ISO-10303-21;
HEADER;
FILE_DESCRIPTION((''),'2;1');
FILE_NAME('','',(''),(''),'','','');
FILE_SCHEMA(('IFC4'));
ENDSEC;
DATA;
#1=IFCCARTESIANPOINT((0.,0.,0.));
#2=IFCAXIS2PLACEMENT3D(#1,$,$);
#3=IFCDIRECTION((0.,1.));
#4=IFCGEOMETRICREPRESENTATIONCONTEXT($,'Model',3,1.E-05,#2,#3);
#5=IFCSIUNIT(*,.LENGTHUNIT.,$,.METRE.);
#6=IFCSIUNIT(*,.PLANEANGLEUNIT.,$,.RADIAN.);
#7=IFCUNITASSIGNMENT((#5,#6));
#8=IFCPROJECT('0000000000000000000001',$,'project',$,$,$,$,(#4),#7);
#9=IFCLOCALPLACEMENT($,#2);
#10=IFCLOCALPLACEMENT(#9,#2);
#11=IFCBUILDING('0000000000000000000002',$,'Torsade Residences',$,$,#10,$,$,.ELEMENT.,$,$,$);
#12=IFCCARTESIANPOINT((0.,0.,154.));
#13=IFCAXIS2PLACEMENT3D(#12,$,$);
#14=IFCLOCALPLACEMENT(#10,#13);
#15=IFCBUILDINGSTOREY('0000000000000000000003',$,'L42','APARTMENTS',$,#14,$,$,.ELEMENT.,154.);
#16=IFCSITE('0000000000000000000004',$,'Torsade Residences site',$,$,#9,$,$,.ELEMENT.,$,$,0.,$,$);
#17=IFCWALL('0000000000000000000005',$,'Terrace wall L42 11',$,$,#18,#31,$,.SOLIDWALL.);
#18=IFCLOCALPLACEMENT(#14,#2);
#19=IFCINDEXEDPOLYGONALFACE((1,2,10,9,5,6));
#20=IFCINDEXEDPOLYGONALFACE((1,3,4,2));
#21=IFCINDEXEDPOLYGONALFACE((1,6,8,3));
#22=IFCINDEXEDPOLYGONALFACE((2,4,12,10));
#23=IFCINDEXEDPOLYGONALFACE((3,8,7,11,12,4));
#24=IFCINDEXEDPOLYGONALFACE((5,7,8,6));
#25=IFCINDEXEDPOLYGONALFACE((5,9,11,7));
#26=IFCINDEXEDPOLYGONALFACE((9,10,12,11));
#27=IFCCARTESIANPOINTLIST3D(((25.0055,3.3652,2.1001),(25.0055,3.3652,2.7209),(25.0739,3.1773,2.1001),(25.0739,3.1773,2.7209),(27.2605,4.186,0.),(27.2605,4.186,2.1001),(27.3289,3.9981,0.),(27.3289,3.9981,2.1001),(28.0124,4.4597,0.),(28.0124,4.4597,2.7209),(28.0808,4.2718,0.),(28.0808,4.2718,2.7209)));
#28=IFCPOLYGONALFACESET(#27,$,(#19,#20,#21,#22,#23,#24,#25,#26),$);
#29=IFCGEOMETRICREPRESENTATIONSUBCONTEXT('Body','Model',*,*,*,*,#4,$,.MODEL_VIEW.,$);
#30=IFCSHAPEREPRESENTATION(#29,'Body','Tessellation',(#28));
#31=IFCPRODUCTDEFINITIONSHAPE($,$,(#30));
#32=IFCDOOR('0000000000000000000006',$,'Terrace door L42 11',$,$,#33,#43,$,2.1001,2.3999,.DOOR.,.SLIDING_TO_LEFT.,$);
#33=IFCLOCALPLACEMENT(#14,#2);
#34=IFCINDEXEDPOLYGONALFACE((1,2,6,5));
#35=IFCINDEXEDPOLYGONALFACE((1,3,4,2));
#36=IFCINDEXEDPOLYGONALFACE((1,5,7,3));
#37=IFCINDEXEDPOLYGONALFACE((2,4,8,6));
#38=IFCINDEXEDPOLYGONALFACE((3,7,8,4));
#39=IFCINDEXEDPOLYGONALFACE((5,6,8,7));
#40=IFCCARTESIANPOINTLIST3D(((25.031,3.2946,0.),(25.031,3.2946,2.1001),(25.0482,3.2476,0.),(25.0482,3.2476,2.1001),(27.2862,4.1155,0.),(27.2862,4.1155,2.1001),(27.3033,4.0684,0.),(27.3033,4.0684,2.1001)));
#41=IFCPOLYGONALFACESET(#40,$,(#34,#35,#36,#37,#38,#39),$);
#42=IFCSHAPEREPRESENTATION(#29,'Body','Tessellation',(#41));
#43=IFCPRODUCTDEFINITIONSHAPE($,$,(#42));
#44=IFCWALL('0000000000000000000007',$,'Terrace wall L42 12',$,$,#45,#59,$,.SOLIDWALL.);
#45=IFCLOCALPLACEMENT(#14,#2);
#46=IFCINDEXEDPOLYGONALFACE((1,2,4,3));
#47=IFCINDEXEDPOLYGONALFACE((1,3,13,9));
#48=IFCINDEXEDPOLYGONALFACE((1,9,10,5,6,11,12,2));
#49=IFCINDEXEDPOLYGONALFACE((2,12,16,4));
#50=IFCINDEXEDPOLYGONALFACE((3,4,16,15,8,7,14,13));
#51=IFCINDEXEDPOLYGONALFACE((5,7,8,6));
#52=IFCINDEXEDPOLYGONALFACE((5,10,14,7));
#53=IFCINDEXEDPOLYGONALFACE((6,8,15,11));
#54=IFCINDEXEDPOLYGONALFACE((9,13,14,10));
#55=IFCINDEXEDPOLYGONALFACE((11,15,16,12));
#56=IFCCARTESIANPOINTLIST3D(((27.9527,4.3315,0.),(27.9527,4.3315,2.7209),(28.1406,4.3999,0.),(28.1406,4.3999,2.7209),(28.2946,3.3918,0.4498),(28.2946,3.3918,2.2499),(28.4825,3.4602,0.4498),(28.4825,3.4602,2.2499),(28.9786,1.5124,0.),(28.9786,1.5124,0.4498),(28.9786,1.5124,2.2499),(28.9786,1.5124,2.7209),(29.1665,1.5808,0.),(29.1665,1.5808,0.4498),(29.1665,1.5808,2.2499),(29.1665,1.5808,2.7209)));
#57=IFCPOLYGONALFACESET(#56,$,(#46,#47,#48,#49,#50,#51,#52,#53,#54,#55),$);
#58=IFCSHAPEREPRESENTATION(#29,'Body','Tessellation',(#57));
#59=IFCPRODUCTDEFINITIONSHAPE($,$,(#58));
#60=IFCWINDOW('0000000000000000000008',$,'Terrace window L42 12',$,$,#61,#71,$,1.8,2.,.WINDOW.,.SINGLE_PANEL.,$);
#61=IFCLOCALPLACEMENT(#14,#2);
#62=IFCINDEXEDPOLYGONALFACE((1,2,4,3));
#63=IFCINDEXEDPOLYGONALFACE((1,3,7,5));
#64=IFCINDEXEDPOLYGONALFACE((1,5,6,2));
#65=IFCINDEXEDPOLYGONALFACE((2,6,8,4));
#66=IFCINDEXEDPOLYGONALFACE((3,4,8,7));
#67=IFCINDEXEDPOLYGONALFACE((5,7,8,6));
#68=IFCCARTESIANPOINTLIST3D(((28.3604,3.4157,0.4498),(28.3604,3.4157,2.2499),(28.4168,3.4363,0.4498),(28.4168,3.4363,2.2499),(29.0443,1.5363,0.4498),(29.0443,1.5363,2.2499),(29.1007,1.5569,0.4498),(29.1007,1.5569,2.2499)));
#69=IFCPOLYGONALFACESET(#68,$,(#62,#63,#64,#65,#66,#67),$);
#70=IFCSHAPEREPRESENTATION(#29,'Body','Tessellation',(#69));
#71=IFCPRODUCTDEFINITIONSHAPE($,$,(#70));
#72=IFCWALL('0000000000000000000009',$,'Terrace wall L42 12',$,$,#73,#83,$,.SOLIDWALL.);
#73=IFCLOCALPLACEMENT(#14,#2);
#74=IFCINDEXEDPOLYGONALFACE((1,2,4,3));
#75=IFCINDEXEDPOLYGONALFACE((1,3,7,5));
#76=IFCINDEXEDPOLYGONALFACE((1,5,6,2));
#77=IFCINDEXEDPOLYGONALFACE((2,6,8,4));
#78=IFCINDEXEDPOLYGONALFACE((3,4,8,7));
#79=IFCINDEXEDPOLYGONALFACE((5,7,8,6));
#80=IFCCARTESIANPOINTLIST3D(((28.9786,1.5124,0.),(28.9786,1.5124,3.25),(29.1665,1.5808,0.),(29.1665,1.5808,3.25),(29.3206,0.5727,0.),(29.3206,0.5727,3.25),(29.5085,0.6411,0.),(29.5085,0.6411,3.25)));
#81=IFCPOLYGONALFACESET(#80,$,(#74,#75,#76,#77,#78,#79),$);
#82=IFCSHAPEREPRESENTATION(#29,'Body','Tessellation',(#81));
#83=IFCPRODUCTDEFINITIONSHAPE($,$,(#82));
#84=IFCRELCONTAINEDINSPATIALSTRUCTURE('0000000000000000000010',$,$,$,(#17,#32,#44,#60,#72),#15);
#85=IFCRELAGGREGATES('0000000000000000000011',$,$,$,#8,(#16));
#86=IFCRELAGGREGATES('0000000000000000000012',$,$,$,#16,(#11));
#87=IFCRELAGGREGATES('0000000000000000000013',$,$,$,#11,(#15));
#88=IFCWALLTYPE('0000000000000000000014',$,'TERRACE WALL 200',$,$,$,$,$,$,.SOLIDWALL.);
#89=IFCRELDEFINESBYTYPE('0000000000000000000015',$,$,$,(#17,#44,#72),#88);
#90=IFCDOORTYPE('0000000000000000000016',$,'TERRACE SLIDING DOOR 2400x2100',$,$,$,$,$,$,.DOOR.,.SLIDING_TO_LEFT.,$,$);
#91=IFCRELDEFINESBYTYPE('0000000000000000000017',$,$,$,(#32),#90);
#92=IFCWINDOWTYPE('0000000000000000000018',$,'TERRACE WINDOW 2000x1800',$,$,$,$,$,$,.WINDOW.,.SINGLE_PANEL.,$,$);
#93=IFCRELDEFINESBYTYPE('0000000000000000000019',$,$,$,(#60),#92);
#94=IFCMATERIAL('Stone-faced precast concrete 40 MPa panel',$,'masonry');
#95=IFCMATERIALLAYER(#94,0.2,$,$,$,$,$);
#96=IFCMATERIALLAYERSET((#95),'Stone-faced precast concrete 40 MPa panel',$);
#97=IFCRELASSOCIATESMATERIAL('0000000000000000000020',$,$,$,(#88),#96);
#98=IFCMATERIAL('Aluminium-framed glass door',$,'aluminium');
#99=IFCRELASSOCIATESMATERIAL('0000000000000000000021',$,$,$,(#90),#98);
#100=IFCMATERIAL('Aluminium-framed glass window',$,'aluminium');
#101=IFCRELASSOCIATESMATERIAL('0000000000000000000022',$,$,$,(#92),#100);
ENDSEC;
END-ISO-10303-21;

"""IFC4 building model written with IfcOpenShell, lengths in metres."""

from ifc_helpers import new_model, si_unit, direction, frame, frame_2d, origin, place, context, subcontext, project, spatial, rectangle, extrude, material, layer, layer_set, type_object, element, fill, save


model = new_model("IFC4")

# Units and contexts
model_context = context("Model", 3, precision=1e-05, world=origin(), true_north=direction((0.0, 1.0)))
body_context = subcontext(model_context, "Body", "Model", "MODEL_VIEW")
ifc_project = project(units=[si_unit("LENGTHUNIT", "METRE"), si_unit("PLANEANGLEUNIT", "RADIAN")], contexts=[model_context])

# Site, building, storey
site_placement = place(None, origin())
site = spatial("IfcSite", under=ifc_project, at=site_placement, Name="Torsade Residences site", CompositionType="ELEMENT", RefElevation=0.0)
building_placement = place(site_placement, origin())
building = spatial("IfcBuilding", under=site, at=building_placement, Name="Torsade Residences", CompositionType="ELEMENT")
storey_placement = place(building_placement, frame((0.0, 0.0, 154.0)))
storey = spatial("IfcBuildingStorey", under=building, at=storey_placement, Name="L42", Description="APARTMENTS", CompositionType="ELEMENT", Elevation=154.0)

# Wall, opening, door
ifc_material_1 = material(Name="Stone-faced precast concrete 40 MPa panel", Category="masonry")
ifc_layer_1 = layer(ifc_material_1, 0.2)
ifc_layer_set_1 = layer_set([ifc_layer_1], Name="Stone-faced precast concrete 40 MPa panel")
wall_type_1 = type_object("IfcWallType", Name="TERRACE WALL 200", PredefinedType="SOLIDWALL", material=ifc_layer_set_1)
wall_1_placement = place(storey_placement, frame((25.0396, 3.2712, 0.0), z_axis=(0.0, 0.0, 1.0), x_axis=(0.939693, 0.342019, 0.0)))
wall_1 = element("IfcWall", 1, at=wall_1_placement, inside=storey, type_object=wall_type_1, Name="Terrace wall L42 11", PredefinedType="SOLIDWALL", context=body_context, shape_type="SweptSolid", body=[
    extrude(rectangle(XDim=3.2, YDim=0.2, at=frame_2d((1.6001, 0.0))), origin(), (0.0, 0.0, 1.0), 2.7209),
])
opening_1_placement = place(wall_1_placement, origin())
opening_1 = element("IfcOpeningElement", 2, at=opening_1_placement, cuts=wall_1, PredefinedType="OPENING", context=body_context, shape_type="SweptSolid", body=[
    extrude(rectangle(XDim=2.3999, YDim=2.1001, at=frame_2d((1.2, 1.05))), frame((0.0, 0.1099, 0.0), z_axis=(0.0, -1.0, 0.0), x_axis=(1.0, 0.0, 0.0)), (0.0, 0.0, 1.0), 0.22),
])
ifc_material_2 = material(Name="Aluminium-framed glass door", Category="aluminium")
door_type_1 = type_object("IfcDoorType", Name="TERRACE SLIDING DOOR 2400x2100", OperationType="SLIDING_TO_LEFT", PredefinedType="DOOR", material=ifc_material_2)
door_1_placement = place(opening_1_placement, origin())
door_1 = element("IfcDoor", 3, at=door_1_placement, inside=storey, type_object=door_type_1, Name="Terrace door L42 11", OperationType="SLIDING_TO_LEFT", OverallHeight=2.1001, OverallWidth=2.3999, PredefinedType="DOOR", context=body_context, shape_type="SweptSolid", body=[
    extrude(rectangle(XDim=2.3999, YDim=2.1001, at=frame_2d((1.2, 1.05))), frame((0.0, 0.0249, 0.0), z_axis=(0.0, -1.0, 0.0), x_axis=(1.0, 0.0, 0.0)), (0.0, 0.0, 1.0), 0.05),
])
fill(opening_1, door_1)

# Wall, opening, window
wall_2_placement = place(storey_placement, frame((28.0466, 4.3657, 0.0), z_axis=(0.0, 0.0, 1.0), x_axis=(0.341965, -0.939713, 0.0)))
wall_2 = element("IfcWall", 4, at=wall_2_placement, inside=storey, type_object=wall_type_1, Name="Terrace wall L42 12", PredefinedType="SOLIDWALL", context=body_context, shape_type="SweptSolid", body=[
    extrude(rectangle(XDim=3.0, YDim=0.2, at=frame_2d((1.5, 0.0))), origin(), (0.0, 0.0, 1.0), 2.7209),
])
opening_2_placement = place(wall_2_placement, frame((1.0, 0.0, 0.45)))
opening_2 = element("IfcOpeningElement", 5, at=opening_2_placement, cuts=wall_2, PredefinedType="OPENING", context=body_context, shape_type="SweptSolid", body=[
    extrude(rectangle(XDim=2.0, YDim=1.8, at=frame_2d((1.0, 0.8999))), frame((0.0, 0.1099, 0.0), z_axis=(0.0, -1.0, 0.0), x_axis=(1.0, 0.0, 0.0)), (0.0, 0.0, 1.0), 0.22),
])
ifc_material_3 = material(Name="Aluminium-framed glass window", Category="aluminium")
window_type = type_object("IfcWindowType", Name="TERRACE WINDOW 2000x1800", PartitioningType="SINGLE_PANEL", PredefinedType="WINDOW", material=ifc_material_3)
window_placement = place(opening_2_placement, origin())
window = element("IfcWindow", 6, at=window_placement, inside=storey, type_object=window_type, Name="Terrace window L42 12", OverallHeight=1.8, OverallWidth=2.0, PartitioningType="SINGLE_PANEL", PredefinedType="WINDOW", context=body_context, shape_type="SweptSolid", body=[
    extrude(rectangle(XDim=2.0, YDim=1.8, at=frame_2d((1.0, 0.8999))), frame((0.0, 0.03, 0.0), z_axis=(0.0, -1.0, 0.0), x_axis=(1.0, 0.0, 0.0)), (0.0, 0.0, 1.0), 0.0601),
])
fill(opening_2, window)

# Wall
wall_3_placement = place(storey_placement, frame((29.0725, 1.5466, 0.0), z_axis=(0.0, 0.0, 1.0), x_axis=(0.342037, -0.939686, 0.0)))
element("IfcWall", 7, at=wall_3_placement, inside=storey, type_object=wall_type_1, Name="Terrace wall L42 12", PredefinedType="SOLIDWALL", context=body_context, shape_type="SweptSolid", body=[
    extrude(rectangle(XDim=1.0, YDim=0.2, at=frame_2d((0.5, 0.0))), origin(), (0.0, 0.0, 1.0), 3.25),
])

save(model, "model.ifc")
